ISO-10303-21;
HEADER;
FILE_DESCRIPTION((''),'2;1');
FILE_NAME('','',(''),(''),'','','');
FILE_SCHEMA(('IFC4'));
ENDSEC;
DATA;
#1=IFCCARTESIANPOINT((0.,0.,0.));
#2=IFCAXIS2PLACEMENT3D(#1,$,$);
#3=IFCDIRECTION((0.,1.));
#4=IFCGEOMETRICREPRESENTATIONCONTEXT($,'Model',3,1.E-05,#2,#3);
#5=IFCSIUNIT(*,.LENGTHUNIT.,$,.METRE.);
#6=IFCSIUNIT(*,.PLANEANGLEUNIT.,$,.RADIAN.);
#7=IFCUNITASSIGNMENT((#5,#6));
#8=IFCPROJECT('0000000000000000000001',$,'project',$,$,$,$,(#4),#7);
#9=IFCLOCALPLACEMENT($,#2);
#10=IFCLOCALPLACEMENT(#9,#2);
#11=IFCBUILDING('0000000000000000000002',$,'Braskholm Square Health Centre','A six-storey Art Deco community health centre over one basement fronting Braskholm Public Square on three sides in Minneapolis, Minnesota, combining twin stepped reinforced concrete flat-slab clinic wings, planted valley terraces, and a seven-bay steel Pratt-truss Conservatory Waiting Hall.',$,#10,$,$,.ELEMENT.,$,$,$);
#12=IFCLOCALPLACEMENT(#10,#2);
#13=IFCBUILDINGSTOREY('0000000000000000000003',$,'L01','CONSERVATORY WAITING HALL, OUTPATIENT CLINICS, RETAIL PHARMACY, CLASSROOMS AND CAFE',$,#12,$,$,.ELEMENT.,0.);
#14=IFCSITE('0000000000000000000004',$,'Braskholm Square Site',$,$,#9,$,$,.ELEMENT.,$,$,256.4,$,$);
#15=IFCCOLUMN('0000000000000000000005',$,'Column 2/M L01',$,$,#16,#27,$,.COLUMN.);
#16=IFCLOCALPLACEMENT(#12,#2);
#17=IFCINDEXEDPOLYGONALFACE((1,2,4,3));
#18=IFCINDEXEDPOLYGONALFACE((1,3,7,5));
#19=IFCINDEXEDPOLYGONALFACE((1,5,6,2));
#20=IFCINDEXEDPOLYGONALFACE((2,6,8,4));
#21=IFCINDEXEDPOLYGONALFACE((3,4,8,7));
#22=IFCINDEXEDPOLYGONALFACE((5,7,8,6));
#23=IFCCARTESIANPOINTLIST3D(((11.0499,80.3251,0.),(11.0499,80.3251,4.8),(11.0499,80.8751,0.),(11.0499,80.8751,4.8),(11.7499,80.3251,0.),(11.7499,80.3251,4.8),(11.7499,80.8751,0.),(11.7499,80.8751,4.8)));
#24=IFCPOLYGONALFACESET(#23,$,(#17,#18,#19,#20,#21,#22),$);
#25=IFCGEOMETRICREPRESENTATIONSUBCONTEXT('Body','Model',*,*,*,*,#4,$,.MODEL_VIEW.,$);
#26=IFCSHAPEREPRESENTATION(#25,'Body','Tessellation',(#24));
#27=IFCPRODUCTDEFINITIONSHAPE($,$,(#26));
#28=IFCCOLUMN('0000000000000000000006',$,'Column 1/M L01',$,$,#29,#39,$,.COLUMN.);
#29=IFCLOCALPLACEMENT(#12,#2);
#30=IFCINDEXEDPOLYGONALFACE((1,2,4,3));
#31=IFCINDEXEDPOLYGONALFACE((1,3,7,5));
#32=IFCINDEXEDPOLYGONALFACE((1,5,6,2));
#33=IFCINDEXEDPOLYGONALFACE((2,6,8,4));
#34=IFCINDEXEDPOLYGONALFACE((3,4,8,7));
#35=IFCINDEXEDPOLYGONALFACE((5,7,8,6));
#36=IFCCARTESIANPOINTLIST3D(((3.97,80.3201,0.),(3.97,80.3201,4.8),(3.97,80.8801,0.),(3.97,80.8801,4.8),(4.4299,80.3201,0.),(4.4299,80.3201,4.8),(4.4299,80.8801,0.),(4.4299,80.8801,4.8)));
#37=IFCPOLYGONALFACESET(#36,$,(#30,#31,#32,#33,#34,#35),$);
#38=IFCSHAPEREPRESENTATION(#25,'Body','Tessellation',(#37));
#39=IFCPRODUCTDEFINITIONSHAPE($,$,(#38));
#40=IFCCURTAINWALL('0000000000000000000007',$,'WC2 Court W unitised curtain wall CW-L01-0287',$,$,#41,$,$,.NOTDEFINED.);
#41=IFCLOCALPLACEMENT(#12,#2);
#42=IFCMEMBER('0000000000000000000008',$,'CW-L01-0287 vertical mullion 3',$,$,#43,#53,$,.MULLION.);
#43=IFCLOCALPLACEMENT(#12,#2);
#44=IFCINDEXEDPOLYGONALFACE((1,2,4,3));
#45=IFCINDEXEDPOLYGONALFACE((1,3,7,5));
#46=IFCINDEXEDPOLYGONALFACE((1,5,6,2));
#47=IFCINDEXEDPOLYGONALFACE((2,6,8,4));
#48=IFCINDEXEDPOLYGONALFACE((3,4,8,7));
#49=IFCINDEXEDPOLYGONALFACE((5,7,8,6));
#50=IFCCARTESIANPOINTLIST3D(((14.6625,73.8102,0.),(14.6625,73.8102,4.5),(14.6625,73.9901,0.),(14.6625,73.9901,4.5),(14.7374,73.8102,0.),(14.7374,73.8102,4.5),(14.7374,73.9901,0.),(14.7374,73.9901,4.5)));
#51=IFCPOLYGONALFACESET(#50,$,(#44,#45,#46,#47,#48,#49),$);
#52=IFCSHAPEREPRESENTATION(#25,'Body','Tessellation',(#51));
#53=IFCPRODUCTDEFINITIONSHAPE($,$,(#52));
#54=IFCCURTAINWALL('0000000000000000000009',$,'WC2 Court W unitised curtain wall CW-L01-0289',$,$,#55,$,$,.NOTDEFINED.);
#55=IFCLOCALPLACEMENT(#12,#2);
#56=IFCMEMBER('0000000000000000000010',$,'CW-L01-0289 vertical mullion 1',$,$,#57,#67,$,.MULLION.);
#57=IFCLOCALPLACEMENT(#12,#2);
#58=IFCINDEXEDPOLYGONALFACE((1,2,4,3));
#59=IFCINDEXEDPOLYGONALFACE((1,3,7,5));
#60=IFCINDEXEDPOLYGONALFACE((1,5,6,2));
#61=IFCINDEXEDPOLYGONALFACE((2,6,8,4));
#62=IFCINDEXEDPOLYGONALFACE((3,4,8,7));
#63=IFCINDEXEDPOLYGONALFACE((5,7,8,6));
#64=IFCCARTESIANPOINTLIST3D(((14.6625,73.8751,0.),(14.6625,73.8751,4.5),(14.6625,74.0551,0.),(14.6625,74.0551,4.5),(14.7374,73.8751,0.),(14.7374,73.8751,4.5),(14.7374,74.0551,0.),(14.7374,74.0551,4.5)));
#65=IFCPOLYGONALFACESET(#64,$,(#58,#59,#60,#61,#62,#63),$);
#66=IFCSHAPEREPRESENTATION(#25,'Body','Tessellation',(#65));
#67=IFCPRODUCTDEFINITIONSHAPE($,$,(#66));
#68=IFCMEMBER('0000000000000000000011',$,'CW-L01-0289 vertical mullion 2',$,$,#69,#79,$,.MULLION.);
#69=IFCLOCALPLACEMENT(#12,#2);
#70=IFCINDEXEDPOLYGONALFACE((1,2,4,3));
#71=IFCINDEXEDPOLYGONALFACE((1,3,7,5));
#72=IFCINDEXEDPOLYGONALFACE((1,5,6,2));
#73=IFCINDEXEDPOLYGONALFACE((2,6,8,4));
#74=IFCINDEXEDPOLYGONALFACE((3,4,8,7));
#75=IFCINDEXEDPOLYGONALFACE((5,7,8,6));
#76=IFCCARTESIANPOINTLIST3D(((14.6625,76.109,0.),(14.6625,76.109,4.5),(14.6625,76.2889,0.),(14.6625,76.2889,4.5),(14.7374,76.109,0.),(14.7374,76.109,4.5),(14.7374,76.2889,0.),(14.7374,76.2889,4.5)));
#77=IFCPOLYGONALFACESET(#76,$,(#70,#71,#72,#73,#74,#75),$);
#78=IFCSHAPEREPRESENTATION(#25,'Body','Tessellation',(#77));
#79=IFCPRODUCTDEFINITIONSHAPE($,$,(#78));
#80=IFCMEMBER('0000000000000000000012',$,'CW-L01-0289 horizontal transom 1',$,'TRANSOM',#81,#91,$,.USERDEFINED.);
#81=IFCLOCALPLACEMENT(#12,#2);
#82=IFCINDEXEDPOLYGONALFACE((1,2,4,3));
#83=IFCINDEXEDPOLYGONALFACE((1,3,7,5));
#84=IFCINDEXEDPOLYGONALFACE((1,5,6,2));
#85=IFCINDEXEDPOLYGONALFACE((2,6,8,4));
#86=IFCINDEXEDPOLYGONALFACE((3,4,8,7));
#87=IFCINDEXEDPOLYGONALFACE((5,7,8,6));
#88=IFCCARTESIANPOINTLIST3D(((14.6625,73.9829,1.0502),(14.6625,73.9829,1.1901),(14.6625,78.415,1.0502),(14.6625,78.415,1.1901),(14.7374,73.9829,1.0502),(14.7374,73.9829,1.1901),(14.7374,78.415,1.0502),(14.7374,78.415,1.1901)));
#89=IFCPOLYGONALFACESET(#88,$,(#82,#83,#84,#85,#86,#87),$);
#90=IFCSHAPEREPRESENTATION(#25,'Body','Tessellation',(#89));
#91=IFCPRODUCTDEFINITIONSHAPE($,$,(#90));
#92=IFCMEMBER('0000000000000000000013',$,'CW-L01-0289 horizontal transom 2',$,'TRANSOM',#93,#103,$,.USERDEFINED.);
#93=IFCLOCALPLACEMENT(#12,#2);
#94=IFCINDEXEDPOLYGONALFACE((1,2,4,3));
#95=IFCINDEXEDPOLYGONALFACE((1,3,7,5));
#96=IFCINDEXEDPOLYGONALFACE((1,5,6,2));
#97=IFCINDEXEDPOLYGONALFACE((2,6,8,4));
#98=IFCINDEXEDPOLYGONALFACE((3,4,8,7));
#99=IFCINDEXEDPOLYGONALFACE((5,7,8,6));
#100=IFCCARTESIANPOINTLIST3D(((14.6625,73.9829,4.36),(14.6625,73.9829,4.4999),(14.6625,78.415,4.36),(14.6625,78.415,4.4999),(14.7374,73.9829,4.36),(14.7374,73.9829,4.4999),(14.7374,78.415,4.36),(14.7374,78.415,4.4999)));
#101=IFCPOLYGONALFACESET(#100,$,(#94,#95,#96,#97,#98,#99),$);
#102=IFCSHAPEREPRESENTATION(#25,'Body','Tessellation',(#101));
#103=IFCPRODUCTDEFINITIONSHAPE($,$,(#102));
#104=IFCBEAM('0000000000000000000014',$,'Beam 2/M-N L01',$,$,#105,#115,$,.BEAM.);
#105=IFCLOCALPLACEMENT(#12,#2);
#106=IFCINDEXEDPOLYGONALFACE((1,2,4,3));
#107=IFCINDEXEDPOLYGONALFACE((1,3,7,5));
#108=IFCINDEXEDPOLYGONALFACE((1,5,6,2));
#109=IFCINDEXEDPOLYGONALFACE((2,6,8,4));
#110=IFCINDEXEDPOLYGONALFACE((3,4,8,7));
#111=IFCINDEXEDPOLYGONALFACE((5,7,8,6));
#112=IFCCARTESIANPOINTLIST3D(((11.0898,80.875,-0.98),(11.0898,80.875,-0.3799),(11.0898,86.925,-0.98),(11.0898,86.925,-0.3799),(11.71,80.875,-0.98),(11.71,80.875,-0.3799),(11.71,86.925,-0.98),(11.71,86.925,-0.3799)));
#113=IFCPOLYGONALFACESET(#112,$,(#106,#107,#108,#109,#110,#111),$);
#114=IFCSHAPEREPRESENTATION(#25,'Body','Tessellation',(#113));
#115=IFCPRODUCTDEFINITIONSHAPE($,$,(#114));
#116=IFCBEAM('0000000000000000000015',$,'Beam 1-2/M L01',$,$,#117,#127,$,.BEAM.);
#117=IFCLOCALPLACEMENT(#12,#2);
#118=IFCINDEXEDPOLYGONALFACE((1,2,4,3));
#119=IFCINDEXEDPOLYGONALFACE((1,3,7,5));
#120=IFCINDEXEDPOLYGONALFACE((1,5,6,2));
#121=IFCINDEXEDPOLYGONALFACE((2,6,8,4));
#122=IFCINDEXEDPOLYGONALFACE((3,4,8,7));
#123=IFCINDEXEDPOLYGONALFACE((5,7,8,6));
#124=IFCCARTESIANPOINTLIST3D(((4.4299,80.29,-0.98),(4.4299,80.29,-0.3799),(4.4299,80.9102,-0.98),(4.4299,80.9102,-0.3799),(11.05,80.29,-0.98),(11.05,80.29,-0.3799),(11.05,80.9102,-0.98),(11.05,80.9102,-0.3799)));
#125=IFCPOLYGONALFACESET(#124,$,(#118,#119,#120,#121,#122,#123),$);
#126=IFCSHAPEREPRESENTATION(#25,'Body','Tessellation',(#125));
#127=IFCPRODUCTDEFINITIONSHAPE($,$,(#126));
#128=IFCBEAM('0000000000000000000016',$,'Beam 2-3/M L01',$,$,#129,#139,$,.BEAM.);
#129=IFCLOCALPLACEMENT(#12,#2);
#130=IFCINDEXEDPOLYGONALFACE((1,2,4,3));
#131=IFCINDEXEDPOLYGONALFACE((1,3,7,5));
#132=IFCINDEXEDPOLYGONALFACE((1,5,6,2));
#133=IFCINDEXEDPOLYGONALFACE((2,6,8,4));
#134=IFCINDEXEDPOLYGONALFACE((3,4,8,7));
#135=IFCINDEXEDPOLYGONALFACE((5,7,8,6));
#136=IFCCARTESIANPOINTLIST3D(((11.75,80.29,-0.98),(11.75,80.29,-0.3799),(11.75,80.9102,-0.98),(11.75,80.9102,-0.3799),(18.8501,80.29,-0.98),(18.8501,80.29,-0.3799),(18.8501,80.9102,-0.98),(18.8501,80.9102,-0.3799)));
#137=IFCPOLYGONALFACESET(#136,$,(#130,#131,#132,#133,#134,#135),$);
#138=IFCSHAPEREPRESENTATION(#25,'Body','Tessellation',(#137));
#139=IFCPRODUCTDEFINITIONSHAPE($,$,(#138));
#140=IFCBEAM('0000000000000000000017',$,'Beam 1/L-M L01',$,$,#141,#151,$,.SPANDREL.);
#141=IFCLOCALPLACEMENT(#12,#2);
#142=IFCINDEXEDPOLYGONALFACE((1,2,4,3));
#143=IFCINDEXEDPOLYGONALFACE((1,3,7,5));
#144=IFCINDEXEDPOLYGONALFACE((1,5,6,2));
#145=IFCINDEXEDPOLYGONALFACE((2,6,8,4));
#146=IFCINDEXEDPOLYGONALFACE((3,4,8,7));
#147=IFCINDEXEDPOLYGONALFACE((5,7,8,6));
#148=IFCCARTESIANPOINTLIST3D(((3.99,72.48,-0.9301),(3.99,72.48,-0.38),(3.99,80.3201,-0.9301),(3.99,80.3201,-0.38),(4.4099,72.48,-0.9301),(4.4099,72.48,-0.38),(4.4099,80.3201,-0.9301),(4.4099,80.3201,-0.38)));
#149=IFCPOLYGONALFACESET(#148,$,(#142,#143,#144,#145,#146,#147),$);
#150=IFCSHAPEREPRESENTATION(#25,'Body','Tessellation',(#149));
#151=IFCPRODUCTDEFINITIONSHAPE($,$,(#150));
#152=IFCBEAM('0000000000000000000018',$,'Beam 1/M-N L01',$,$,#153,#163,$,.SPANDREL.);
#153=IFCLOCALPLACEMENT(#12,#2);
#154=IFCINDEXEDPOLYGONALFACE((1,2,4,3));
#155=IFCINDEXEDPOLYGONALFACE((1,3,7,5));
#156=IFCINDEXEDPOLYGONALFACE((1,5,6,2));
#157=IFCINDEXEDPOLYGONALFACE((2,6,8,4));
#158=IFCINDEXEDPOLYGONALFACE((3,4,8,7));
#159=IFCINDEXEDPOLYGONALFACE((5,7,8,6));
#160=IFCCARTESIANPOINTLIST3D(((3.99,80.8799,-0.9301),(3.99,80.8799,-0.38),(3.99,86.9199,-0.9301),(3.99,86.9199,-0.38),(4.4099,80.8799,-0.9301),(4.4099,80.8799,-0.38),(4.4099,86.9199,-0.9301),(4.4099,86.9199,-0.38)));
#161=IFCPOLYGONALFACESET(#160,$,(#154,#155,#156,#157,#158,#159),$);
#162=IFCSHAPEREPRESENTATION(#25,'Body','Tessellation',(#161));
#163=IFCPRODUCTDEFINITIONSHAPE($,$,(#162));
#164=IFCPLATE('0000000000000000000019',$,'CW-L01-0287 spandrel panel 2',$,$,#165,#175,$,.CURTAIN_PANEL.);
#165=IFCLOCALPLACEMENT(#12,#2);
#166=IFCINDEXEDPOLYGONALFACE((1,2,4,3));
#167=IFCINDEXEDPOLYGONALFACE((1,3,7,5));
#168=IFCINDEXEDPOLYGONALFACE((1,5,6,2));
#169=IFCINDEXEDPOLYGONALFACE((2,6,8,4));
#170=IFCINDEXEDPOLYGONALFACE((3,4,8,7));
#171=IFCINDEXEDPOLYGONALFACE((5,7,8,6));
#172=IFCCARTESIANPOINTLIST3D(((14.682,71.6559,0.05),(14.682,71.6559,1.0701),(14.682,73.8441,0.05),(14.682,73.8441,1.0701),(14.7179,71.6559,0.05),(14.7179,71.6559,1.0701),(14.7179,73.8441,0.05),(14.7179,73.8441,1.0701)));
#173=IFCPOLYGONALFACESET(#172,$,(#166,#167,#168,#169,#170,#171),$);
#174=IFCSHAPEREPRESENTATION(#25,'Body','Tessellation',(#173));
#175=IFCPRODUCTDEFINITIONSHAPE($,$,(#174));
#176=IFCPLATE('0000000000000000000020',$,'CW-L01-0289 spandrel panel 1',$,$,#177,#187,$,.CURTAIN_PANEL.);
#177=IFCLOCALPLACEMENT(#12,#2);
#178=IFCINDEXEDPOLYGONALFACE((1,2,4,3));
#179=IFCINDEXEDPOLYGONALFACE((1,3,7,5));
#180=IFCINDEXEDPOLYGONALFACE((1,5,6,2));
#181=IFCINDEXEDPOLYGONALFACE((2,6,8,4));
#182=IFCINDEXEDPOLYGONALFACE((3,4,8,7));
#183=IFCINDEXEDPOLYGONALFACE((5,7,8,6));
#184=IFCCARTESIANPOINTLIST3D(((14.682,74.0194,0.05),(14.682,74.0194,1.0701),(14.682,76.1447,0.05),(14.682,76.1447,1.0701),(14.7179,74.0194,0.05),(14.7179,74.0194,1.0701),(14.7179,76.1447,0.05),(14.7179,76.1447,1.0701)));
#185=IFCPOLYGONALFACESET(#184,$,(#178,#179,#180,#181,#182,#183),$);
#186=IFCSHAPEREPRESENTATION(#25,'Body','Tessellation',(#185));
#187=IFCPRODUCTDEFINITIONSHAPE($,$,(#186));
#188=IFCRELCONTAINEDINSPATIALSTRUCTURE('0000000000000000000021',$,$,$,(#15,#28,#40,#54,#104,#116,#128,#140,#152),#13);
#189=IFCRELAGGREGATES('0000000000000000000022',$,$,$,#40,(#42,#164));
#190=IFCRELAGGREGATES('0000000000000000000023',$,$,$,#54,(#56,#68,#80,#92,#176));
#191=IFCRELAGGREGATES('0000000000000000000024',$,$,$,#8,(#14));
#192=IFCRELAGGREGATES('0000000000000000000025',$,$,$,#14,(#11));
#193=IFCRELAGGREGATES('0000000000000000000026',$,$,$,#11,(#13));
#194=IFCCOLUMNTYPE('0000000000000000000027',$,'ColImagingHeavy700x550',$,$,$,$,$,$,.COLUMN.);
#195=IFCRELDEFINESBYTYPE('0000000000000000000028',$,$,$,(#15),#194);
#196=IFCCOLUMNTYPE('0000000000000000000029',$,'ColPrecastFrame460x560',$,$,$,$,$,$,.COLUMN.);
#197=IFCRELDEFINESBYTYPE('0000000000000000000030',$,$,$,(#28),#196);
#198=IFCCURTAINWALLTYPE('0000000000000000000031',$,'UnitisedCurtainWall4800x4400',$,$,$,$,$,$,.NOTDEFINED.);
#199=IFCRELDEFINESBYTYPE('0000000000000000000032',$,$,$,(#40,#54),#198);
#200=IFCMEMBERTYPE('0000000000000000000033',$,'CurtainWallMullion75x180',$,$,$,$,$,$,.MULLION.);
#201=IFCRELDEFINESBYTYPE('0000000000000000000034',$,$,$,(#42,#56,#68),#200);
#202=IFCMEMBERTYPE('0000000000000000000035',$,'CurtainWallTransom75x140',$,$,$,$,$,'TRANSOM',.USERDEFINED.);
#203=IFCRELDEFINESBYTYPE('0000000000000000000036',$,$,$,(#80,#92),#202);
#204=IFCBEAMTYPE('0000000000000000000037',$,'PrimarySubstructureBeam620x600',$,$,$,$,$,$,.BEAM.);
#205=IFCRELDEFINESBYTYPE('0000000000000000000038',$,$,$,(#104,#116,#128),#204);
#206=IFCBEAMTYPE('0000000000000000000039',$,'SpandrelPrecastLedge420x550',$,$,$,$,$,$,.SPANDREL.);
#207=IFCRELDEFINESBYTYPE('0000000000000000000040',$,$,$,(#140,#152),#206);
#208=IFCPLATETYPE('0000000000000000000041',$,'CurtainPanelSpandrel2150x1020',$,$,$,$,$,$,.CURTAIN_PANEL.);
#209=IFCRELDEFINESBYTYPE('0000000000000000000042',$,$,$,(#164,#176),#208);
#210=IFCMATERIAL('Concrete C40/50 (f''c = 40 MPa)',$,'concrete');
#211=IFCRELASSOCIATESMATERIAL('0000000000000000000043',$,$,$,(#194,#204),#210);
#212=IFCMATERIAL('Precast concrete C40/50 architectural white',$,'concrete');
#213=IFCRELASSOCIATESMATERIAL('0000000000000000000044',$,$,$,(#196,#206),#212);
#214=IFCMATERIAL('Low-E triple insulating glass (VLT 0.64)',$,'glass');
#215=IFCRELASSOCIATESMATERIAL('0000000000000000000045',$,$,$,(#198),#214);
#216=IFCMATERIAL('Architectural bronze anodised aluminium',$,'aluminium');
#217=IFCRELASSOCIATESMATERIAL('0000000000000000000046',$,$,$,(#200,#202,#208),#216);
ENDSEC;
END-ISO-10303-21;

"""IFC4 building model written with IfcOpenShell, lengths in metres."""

from ifc_helpers import new_model, si_unit, direction, frame, origin, origin_2d, place, context, subcontext, project, spatial, rectangle, extrude, material, material_profile, profile_set, type_object, element, aggregate, save


model = new_model("IFC4")

# Units and contexts
model_context = context("Model", 3, precision=1e-05, world=origin(), true_north=direction((0.0, 1.0)))
body_context = subcontext(model_context, "Body", "Model", "MODEL_VIEW")
ifc_project = project(units=[si_unit("LENGTHUNIT", "METRE"), si_unit("PLANEANGLEUNIT", "RADIAN")], contexts=[model_context])

# Site, building, storey
site_placement = place(None, origin())
site = spatial("IfcSite", under=ifc_project, at=site_placement, Name="Braskholm Square Site", CompositionType="ELEMENT", RefElevation=256.4)
building_placement = place(site_placement, origin())
building = spatial("IfcBuilding", under=site, at=building_placement, Name="Braskholm Square Health Centre", Description="A six-storey Art Deco community health centre over one basement fronting Braskholm Public Square on three sides in Minneapolis, Minnesota, combining twin stepped reinforced concrete flat-slab clinic wings, planted valley terraces, and a seven-bay steel Pratt-truss Conservatory Waiting Hall.", CompositionType="ELEMENT")
storey_placement = place(building_placement, origin())
storey = spatial("IfcBuildingStorey", under=building, at=storey_placement, Name="L01", Description="CONSERVATORY WAITING HALL, OUTPATIENT CLINICS, RETAIL PHARMACY, CLASSROOMS AND CAFE", CompositionType="ELEMENT", Elevation=0.0)

# Columns
ifc_material_1 = material(Name="Concrete C40/50 (f'c = 40 MPa)", Category="concrete")
ifc_material_profile_1 = material_profile(ifc_material_1, rectangle(XDim=0.7, YDim=0.55, at=origin_2d()), Name="RC-700X550")
ifc_profile_set_1 = profile_set([ifc_material_profile_1], Name="Concrete C40/50 (f'c = 40 MPa)")
column_type_1 = type_object("IfcColumnType", Name="ColImagingHeavy700x550", PredefinedType="COLUMN", material=ifc_profile_set_1)
column_1_placement = place(storey_placement, frame((11.3999, 80.6001, 0.0), z_axis=(0.0, 0.0, 1.0), x_axis=(1.0, 0.0, 0.0)))
element("IfcColumn", 1, at=column_1_placement, inside=storey, type_object=column_type_1, Name="Column 2/M L01", PredefinedType="COLUMN", context=body_context, shape_type="SweptSolid", body=[
    extrude(rectangle(XDim=0.7, YDim=0.55, at=origin_2d()), origin(), (0.0, 0.0, 1.0), 4.8),
])
ifc_material_2 = material(Name="Precast concrete C40/50 architectural white", Category="concrete")
ifc_material_profile_2 = material_profile(ifc_material_2, rectangle(XDim=0.46, YDim=0.5601, at=origin_2d()), Name="RC-460X560")
ifc_profile_set_2 = profile_set([ifc_material_profile_2], Name="Precast concrete C40/50 architectural white")
column_type_2 = type_object("IfcColumnType", Name="ColPrecastFrame460x560", PredefinedType="COLUMN", material=ifc_profile_set_2)
column_2_placement = place(storey_placement, frame((4.2, 80.6001, 0.0), z_axis=(0.0, 0.0, 1.0), x_axis=(1.0, 0.0, 0.0)))
element("IfcColumn", 2, at=column_2_placement, inside=storey, type_object=column_type_2, Name="Column 1/M L01", PredefinedType="COLUMN", context=body_context, shape_type="SweptSolid", body=[
    extrude(rectangle(XDim=0.46, YDim=0.5601, at=origin_2d()), origin(), (0.0, 0.0, 1.0), 4.8),
])

# Curtain wall, member
ifc_material_3 = material(Name="Low-E triple insulating glass (VLT 0.64)", Category="glass")
curtain_wall_type = type_object("IfcCurtainWallType", Name="UnitisedCurtainWall4800x4400", PredefinedType="NOTDEFINED", material=ifc_material_3)
curtain_wall_1_placement = place(storey_placement, origin())
curtain_wall_1 = element("IfcCurtainWall", 3, at=curtain_wall_1_placement, inside=storey, type_object=curtain_wall_type, Name="WC2 Court W unitised curtain wall CW-L01-0287", PredefinedType="NOTDEFINED")
ifc_material_4 = material(Name="Architectural bronze anodised aluminium", Category="aluminium")
ifc_material_profile_3 = material_profile(ifc_material_4, rectangle(XDim=0.075, YDim=0.1799, at=origin_2d()), Name="ALU-75X180")
ifc_profile_set_3 = profile_set([ifc_material_profile_3], Name="Architectural bronze anodised aluminium")
member_type_1 = type_object("IfcMemberType", Name="CurtainWallMullion75x180", PredefinedType="MULLION", material=ifc_profile_set_3)
member_1_placement = place(storey_placement, frame((14.7, 73.9001, 0.0), z_axis=(0.0, 0.0, 1.0), x_axis=(1.0, 0.0, 0.0)))
member_1 = element("IfcMember", 4, at=member_1_placement, type_object=member_type_1, Name="CW-L01-0287 vertical mullion 3", PredefinedType="MULLION", context=body_context, shape_type="SweptSolid", body=[
    extrude(rectangle(XDim=0.075, YDim=0.1799, at=origin_2d()), origin(), (0.0, 0.0, 1.0), 4.5),
])

# Curtain wall, members
curtain_wall_2_placement = place(storey_placement, origin())
curtain_wall_2 = element("IfcCurtainWall", 5, at=curtain_wall_2_placement, inside=storey, type_object=curtain_wall_type, Name="WC2 Court W unitised curtain wall CW-L01-0289", PredefinedType="NOTDEFINED")
member_2_placement = place(storey_placement, frame((14.7, 73.9651, 0.0), z_axis=(0.0, 0.0, 1.0), x_axis=(1.0, 0.0, 0.0)))
member_2 = element("IfcMember", 6, at=member_2_placement, type_object=member_type_1, Name="CW-L01-0289 vertical mullion 1", PredefinedType="MULLION", context=body_context, shape_type="SweptSolid", body=[
    extrude(rectangle(XDim=0.075, YDim=0.1799, at=origin_2d()), origin(), (0.0, 0.0, 1.0), 4.5),
])
member_3_placement = place(storey_placement, frame((14.7, 76.199, 0.0), z_axis=(0.0, 0.0, 1.0), x_axis=(1.0, 0.0, 0.0)))
member_3 = element("IfcMember", 7, at=member_3_placement, type_object=member_type_1, Name="CW-L01-0289 vertical mullion 2", PredefinedType="MULLION", context=body_context, shape_type="SweptSolid", body=[
    extrude(rectangle(XDim=0.075, YDim=0.1799, at=origin_2d()), origin(), (0.0, 0.0, 1.0), 4.5),
])
ifc_material_profile_4 = material_profile(ifc_material_4, rectangle(XDim=0.075, YDim=0.1399, at=origin_2d()), Name="ALU-75X140")
ifc_profile_set_4 = profile_set([ifc_material_profile_4], Name="Architectural bronze anodised aluminium")
member_type_2 = type_object("IfcMemberType", Name="CurtainWallTransom75x140", ElementType="TRANSOM", PredefinedType="USERDEFINED", material=ifc_profile_set_4)
member_4_placement = place(storey_placement, frame((14.7, 73.9829, 1.1201), z_axis=(0.0, 1.0, 0.0), x_axis=(-1.0, 0.0, 0.0)))
member_4 = element("IfcMember", 8, at=member_4_placement, type_object=member_type_2, Name="CW-L01-0289 horizontal transom 1", ObjectType="TRANSOM", PredefinedType="USERDEFINED", context=body_context, shape_type="SweptSolid", body=[
    extrude(rectangle(XDim=0.075, YDim=0.1399, at=origin_2d()), origin(), (0.0, 0.0, 1.0), 4.4321),
])
member_5_placement = place(storey_placement, frame((14.7, 73.9829, 4.4299), z_axis=(0.0, 1.0, 0.0), x_axis=(-1.0, 0.0, 0.0)))
member_5 = element("IfcMember", 9, at=member_5_placement, type_object=member_type_2, Name="CW-L01-0289 horizontal transom 2", ObjectType="TRANSOM", PredefinedType="USERDEFINED", context=body_context, shape_type="SweptSolid", body=[
    extrude(rectangle(XDim=0.075, YDim=0.1399, at=origin_2d()), origin(), (0.0, 0.0, 1.0), 4.4321),
])

# Beams
ifc_material_profile_5 = material_profile(ifc_material_1, rectangle(XDim=0.6201, YDim=0.6001, at=origin_2d()), Name="RCB-620X600")
ifc_profile_set_5 = profile_set([ifc_material_profile_5], Name="Concrete C40/50 (f'c = 40 MPa)")
beam_type_1 = type_object("IfcBeamType", Name="PrimarySubstructureBeam620x600", PredefinedType="BEAM", material=ifc_profile_set_5)
beam_1_placement = place(storey_placement, frame((11.3999, 80.875, -0.6799), z_axis=(0.0, 1.0, 0.0), x_axis=(-1.0, 0.0, 0.0)))
element("IfcBeam", 10, at=beam_1_placement, inside=storey, type_object=beam_type_1, Name="Beam 2/M-N L01", PredefinedType="BEAM", context=body_context, shape_type="SweptSolid", body=[
    extrude(rectangle(XDim=0.6201, YDim=0.6001, at=origin_2d()), origin(), (0.0, 0.0, 1.0), 6.05),
])
beam_2_placement = place(storey_placement, frame((4.4299, 80.6001, -0.6799), z_axis=(1.0, 0.0, 0.0), x_axis=(0.0, 1.0, 0.0)))
element("IfcBeam", 11, at=beam_2_placement, inside=storey, type_object=beam_type_1, Name="Beam 1-2/M L01", PredefinedType="BEAM", context=body_context, shape_type="SweptSolid", body=[
    extrude(rectangle(XDim=0.6201, YDim=0.6001, at=origin_2d()), origin(), (0.0, 0.0, 1.0), 6.6201),
])
beam_3_placement = place(storey_placement, frame((11.75, 80.6001, -0.6799), z_axis=(1.0, 0.0, 0.0), x_axis=(0.0, 1.0, 0.0)))
element("IfcBeam", 12, at=beam_3_placement, inside=storey, type_object=beam_type_1, Name="Beam 2-3/M L01", PredefinedType="BEAM", context=body_context, shape_type="SweptSolid", body=[
    extrude(rectangle(XDim=0.6201, YDim=0.6001, at=origin_2d()), origin(), (0.0, 0.0, 1.0), 7.1001),
])
ifc_material_profile_6 = material_profile(ifc_material_2, rectangle(XDim=0.4199, YDim=0.55, at=origin_2d()), Name="RCB-420X550")
ifc_profile_set_6 = profile_set([ifc_material_profile_6], Name="Precast concrete C40/50 architectural white")
beam_type_2 = type_object("IfcBeamType", Name="SpandrelPrecastLedge420x550", PredefinedType="SPANDREL", material=ifc_profile_set_6)
beam_4_placement = place(storey_placement, frame((4.2, 72.48, -0.655), z_axis=(0.0, 1.0, 0.0), x_axis=(-1.0, 0.0, 0.0)))
element("IfcBeam", 13, at=beam_4_placement, inside=storey, type_object=beam_type_2, Name="Beam 1/L-M L01", PredefinedType="SPANDREL", context=body_context, shape_type="SweptSolid", body=[
    extrude(rectangle(XDim=0.4199, YDim=0.55, at=origin_2d()), origin(), (0.0, 0.0, 1.0), 7.8401),
])
beam_5_placement = place(storey_placement, frame((4.2, 80.8799, -0.655), z_axis=(0.0, 1.0, 0.0), x_axis=(-1.0, 0.0, 0.0)))
element("IfcBeam", 14, at=beam_5_placement, inside=storey, type_object=beam_type_2, Name="Beam 1/M-N L01", PredefinedType="SPANDREL", context=body_context, shape_type="SweptSolid", body=[
    extrude(rectangle(XDim=0.4199, YDim=0.55, at=origin_2d()), origin(), (0.0, 0.0, 1.0), 6.04),
])

# Plates
plate_type_1 = type_object("IfcPlateType", Name="CurtainPanelSpandrel2150x1020", PredefinedType="CURTAIN_PANEL", material=ifc_material_4)
plate_1_placement = place(storey_placement, frame((14.7, 72.75, 0.05), z_axis=(0.0, 0.0, 1.0), x_axis=(0.0, 1.0, 0.0)))
plate_1 = element("IfcPlate", 15, at=plate_1_placement, type_object=plate_type_1, Name="CW-L01-0287 spandrel panel 2", PredefinedType="CURTAIN_PANEL", context=body_context, shape_type="SweptSolid", body=[
    extrude(rectangle(XDim=2.1882, YDim=0.0359, at=origin_2d()), origin(), (0.0, 0.0, 1.0), 1.02),
])
plate_2_placement = place(storey_placement, frame((14.7, 75.082, 0.05), z_axis=(0.0, 0.0, 1.0), x_axis=(0.0, 1.0, 0.0)))
plate_2 = element("IfcPlate", 16, at=plate_2_placement, type_object=plate_type_1, Name="CW-L01-0289 spandrel panel 1", PredefinedType="CURTAIN_PANEL", context=body_context, shape_type="SweptSolid", body=[
    extrude(rectangle(XDim=2.1252, YDim=0.0359, at=origin_2d()), origin(), (0.0, 0.0, 1.0), 1.02),
])
aggregate(curtain_wall_1, [member_1, plate_1])
aggregate(curtain_wall_2, [member_2, member_3, member_4, member_5, plate_2])

save(model, "model.ifc")
